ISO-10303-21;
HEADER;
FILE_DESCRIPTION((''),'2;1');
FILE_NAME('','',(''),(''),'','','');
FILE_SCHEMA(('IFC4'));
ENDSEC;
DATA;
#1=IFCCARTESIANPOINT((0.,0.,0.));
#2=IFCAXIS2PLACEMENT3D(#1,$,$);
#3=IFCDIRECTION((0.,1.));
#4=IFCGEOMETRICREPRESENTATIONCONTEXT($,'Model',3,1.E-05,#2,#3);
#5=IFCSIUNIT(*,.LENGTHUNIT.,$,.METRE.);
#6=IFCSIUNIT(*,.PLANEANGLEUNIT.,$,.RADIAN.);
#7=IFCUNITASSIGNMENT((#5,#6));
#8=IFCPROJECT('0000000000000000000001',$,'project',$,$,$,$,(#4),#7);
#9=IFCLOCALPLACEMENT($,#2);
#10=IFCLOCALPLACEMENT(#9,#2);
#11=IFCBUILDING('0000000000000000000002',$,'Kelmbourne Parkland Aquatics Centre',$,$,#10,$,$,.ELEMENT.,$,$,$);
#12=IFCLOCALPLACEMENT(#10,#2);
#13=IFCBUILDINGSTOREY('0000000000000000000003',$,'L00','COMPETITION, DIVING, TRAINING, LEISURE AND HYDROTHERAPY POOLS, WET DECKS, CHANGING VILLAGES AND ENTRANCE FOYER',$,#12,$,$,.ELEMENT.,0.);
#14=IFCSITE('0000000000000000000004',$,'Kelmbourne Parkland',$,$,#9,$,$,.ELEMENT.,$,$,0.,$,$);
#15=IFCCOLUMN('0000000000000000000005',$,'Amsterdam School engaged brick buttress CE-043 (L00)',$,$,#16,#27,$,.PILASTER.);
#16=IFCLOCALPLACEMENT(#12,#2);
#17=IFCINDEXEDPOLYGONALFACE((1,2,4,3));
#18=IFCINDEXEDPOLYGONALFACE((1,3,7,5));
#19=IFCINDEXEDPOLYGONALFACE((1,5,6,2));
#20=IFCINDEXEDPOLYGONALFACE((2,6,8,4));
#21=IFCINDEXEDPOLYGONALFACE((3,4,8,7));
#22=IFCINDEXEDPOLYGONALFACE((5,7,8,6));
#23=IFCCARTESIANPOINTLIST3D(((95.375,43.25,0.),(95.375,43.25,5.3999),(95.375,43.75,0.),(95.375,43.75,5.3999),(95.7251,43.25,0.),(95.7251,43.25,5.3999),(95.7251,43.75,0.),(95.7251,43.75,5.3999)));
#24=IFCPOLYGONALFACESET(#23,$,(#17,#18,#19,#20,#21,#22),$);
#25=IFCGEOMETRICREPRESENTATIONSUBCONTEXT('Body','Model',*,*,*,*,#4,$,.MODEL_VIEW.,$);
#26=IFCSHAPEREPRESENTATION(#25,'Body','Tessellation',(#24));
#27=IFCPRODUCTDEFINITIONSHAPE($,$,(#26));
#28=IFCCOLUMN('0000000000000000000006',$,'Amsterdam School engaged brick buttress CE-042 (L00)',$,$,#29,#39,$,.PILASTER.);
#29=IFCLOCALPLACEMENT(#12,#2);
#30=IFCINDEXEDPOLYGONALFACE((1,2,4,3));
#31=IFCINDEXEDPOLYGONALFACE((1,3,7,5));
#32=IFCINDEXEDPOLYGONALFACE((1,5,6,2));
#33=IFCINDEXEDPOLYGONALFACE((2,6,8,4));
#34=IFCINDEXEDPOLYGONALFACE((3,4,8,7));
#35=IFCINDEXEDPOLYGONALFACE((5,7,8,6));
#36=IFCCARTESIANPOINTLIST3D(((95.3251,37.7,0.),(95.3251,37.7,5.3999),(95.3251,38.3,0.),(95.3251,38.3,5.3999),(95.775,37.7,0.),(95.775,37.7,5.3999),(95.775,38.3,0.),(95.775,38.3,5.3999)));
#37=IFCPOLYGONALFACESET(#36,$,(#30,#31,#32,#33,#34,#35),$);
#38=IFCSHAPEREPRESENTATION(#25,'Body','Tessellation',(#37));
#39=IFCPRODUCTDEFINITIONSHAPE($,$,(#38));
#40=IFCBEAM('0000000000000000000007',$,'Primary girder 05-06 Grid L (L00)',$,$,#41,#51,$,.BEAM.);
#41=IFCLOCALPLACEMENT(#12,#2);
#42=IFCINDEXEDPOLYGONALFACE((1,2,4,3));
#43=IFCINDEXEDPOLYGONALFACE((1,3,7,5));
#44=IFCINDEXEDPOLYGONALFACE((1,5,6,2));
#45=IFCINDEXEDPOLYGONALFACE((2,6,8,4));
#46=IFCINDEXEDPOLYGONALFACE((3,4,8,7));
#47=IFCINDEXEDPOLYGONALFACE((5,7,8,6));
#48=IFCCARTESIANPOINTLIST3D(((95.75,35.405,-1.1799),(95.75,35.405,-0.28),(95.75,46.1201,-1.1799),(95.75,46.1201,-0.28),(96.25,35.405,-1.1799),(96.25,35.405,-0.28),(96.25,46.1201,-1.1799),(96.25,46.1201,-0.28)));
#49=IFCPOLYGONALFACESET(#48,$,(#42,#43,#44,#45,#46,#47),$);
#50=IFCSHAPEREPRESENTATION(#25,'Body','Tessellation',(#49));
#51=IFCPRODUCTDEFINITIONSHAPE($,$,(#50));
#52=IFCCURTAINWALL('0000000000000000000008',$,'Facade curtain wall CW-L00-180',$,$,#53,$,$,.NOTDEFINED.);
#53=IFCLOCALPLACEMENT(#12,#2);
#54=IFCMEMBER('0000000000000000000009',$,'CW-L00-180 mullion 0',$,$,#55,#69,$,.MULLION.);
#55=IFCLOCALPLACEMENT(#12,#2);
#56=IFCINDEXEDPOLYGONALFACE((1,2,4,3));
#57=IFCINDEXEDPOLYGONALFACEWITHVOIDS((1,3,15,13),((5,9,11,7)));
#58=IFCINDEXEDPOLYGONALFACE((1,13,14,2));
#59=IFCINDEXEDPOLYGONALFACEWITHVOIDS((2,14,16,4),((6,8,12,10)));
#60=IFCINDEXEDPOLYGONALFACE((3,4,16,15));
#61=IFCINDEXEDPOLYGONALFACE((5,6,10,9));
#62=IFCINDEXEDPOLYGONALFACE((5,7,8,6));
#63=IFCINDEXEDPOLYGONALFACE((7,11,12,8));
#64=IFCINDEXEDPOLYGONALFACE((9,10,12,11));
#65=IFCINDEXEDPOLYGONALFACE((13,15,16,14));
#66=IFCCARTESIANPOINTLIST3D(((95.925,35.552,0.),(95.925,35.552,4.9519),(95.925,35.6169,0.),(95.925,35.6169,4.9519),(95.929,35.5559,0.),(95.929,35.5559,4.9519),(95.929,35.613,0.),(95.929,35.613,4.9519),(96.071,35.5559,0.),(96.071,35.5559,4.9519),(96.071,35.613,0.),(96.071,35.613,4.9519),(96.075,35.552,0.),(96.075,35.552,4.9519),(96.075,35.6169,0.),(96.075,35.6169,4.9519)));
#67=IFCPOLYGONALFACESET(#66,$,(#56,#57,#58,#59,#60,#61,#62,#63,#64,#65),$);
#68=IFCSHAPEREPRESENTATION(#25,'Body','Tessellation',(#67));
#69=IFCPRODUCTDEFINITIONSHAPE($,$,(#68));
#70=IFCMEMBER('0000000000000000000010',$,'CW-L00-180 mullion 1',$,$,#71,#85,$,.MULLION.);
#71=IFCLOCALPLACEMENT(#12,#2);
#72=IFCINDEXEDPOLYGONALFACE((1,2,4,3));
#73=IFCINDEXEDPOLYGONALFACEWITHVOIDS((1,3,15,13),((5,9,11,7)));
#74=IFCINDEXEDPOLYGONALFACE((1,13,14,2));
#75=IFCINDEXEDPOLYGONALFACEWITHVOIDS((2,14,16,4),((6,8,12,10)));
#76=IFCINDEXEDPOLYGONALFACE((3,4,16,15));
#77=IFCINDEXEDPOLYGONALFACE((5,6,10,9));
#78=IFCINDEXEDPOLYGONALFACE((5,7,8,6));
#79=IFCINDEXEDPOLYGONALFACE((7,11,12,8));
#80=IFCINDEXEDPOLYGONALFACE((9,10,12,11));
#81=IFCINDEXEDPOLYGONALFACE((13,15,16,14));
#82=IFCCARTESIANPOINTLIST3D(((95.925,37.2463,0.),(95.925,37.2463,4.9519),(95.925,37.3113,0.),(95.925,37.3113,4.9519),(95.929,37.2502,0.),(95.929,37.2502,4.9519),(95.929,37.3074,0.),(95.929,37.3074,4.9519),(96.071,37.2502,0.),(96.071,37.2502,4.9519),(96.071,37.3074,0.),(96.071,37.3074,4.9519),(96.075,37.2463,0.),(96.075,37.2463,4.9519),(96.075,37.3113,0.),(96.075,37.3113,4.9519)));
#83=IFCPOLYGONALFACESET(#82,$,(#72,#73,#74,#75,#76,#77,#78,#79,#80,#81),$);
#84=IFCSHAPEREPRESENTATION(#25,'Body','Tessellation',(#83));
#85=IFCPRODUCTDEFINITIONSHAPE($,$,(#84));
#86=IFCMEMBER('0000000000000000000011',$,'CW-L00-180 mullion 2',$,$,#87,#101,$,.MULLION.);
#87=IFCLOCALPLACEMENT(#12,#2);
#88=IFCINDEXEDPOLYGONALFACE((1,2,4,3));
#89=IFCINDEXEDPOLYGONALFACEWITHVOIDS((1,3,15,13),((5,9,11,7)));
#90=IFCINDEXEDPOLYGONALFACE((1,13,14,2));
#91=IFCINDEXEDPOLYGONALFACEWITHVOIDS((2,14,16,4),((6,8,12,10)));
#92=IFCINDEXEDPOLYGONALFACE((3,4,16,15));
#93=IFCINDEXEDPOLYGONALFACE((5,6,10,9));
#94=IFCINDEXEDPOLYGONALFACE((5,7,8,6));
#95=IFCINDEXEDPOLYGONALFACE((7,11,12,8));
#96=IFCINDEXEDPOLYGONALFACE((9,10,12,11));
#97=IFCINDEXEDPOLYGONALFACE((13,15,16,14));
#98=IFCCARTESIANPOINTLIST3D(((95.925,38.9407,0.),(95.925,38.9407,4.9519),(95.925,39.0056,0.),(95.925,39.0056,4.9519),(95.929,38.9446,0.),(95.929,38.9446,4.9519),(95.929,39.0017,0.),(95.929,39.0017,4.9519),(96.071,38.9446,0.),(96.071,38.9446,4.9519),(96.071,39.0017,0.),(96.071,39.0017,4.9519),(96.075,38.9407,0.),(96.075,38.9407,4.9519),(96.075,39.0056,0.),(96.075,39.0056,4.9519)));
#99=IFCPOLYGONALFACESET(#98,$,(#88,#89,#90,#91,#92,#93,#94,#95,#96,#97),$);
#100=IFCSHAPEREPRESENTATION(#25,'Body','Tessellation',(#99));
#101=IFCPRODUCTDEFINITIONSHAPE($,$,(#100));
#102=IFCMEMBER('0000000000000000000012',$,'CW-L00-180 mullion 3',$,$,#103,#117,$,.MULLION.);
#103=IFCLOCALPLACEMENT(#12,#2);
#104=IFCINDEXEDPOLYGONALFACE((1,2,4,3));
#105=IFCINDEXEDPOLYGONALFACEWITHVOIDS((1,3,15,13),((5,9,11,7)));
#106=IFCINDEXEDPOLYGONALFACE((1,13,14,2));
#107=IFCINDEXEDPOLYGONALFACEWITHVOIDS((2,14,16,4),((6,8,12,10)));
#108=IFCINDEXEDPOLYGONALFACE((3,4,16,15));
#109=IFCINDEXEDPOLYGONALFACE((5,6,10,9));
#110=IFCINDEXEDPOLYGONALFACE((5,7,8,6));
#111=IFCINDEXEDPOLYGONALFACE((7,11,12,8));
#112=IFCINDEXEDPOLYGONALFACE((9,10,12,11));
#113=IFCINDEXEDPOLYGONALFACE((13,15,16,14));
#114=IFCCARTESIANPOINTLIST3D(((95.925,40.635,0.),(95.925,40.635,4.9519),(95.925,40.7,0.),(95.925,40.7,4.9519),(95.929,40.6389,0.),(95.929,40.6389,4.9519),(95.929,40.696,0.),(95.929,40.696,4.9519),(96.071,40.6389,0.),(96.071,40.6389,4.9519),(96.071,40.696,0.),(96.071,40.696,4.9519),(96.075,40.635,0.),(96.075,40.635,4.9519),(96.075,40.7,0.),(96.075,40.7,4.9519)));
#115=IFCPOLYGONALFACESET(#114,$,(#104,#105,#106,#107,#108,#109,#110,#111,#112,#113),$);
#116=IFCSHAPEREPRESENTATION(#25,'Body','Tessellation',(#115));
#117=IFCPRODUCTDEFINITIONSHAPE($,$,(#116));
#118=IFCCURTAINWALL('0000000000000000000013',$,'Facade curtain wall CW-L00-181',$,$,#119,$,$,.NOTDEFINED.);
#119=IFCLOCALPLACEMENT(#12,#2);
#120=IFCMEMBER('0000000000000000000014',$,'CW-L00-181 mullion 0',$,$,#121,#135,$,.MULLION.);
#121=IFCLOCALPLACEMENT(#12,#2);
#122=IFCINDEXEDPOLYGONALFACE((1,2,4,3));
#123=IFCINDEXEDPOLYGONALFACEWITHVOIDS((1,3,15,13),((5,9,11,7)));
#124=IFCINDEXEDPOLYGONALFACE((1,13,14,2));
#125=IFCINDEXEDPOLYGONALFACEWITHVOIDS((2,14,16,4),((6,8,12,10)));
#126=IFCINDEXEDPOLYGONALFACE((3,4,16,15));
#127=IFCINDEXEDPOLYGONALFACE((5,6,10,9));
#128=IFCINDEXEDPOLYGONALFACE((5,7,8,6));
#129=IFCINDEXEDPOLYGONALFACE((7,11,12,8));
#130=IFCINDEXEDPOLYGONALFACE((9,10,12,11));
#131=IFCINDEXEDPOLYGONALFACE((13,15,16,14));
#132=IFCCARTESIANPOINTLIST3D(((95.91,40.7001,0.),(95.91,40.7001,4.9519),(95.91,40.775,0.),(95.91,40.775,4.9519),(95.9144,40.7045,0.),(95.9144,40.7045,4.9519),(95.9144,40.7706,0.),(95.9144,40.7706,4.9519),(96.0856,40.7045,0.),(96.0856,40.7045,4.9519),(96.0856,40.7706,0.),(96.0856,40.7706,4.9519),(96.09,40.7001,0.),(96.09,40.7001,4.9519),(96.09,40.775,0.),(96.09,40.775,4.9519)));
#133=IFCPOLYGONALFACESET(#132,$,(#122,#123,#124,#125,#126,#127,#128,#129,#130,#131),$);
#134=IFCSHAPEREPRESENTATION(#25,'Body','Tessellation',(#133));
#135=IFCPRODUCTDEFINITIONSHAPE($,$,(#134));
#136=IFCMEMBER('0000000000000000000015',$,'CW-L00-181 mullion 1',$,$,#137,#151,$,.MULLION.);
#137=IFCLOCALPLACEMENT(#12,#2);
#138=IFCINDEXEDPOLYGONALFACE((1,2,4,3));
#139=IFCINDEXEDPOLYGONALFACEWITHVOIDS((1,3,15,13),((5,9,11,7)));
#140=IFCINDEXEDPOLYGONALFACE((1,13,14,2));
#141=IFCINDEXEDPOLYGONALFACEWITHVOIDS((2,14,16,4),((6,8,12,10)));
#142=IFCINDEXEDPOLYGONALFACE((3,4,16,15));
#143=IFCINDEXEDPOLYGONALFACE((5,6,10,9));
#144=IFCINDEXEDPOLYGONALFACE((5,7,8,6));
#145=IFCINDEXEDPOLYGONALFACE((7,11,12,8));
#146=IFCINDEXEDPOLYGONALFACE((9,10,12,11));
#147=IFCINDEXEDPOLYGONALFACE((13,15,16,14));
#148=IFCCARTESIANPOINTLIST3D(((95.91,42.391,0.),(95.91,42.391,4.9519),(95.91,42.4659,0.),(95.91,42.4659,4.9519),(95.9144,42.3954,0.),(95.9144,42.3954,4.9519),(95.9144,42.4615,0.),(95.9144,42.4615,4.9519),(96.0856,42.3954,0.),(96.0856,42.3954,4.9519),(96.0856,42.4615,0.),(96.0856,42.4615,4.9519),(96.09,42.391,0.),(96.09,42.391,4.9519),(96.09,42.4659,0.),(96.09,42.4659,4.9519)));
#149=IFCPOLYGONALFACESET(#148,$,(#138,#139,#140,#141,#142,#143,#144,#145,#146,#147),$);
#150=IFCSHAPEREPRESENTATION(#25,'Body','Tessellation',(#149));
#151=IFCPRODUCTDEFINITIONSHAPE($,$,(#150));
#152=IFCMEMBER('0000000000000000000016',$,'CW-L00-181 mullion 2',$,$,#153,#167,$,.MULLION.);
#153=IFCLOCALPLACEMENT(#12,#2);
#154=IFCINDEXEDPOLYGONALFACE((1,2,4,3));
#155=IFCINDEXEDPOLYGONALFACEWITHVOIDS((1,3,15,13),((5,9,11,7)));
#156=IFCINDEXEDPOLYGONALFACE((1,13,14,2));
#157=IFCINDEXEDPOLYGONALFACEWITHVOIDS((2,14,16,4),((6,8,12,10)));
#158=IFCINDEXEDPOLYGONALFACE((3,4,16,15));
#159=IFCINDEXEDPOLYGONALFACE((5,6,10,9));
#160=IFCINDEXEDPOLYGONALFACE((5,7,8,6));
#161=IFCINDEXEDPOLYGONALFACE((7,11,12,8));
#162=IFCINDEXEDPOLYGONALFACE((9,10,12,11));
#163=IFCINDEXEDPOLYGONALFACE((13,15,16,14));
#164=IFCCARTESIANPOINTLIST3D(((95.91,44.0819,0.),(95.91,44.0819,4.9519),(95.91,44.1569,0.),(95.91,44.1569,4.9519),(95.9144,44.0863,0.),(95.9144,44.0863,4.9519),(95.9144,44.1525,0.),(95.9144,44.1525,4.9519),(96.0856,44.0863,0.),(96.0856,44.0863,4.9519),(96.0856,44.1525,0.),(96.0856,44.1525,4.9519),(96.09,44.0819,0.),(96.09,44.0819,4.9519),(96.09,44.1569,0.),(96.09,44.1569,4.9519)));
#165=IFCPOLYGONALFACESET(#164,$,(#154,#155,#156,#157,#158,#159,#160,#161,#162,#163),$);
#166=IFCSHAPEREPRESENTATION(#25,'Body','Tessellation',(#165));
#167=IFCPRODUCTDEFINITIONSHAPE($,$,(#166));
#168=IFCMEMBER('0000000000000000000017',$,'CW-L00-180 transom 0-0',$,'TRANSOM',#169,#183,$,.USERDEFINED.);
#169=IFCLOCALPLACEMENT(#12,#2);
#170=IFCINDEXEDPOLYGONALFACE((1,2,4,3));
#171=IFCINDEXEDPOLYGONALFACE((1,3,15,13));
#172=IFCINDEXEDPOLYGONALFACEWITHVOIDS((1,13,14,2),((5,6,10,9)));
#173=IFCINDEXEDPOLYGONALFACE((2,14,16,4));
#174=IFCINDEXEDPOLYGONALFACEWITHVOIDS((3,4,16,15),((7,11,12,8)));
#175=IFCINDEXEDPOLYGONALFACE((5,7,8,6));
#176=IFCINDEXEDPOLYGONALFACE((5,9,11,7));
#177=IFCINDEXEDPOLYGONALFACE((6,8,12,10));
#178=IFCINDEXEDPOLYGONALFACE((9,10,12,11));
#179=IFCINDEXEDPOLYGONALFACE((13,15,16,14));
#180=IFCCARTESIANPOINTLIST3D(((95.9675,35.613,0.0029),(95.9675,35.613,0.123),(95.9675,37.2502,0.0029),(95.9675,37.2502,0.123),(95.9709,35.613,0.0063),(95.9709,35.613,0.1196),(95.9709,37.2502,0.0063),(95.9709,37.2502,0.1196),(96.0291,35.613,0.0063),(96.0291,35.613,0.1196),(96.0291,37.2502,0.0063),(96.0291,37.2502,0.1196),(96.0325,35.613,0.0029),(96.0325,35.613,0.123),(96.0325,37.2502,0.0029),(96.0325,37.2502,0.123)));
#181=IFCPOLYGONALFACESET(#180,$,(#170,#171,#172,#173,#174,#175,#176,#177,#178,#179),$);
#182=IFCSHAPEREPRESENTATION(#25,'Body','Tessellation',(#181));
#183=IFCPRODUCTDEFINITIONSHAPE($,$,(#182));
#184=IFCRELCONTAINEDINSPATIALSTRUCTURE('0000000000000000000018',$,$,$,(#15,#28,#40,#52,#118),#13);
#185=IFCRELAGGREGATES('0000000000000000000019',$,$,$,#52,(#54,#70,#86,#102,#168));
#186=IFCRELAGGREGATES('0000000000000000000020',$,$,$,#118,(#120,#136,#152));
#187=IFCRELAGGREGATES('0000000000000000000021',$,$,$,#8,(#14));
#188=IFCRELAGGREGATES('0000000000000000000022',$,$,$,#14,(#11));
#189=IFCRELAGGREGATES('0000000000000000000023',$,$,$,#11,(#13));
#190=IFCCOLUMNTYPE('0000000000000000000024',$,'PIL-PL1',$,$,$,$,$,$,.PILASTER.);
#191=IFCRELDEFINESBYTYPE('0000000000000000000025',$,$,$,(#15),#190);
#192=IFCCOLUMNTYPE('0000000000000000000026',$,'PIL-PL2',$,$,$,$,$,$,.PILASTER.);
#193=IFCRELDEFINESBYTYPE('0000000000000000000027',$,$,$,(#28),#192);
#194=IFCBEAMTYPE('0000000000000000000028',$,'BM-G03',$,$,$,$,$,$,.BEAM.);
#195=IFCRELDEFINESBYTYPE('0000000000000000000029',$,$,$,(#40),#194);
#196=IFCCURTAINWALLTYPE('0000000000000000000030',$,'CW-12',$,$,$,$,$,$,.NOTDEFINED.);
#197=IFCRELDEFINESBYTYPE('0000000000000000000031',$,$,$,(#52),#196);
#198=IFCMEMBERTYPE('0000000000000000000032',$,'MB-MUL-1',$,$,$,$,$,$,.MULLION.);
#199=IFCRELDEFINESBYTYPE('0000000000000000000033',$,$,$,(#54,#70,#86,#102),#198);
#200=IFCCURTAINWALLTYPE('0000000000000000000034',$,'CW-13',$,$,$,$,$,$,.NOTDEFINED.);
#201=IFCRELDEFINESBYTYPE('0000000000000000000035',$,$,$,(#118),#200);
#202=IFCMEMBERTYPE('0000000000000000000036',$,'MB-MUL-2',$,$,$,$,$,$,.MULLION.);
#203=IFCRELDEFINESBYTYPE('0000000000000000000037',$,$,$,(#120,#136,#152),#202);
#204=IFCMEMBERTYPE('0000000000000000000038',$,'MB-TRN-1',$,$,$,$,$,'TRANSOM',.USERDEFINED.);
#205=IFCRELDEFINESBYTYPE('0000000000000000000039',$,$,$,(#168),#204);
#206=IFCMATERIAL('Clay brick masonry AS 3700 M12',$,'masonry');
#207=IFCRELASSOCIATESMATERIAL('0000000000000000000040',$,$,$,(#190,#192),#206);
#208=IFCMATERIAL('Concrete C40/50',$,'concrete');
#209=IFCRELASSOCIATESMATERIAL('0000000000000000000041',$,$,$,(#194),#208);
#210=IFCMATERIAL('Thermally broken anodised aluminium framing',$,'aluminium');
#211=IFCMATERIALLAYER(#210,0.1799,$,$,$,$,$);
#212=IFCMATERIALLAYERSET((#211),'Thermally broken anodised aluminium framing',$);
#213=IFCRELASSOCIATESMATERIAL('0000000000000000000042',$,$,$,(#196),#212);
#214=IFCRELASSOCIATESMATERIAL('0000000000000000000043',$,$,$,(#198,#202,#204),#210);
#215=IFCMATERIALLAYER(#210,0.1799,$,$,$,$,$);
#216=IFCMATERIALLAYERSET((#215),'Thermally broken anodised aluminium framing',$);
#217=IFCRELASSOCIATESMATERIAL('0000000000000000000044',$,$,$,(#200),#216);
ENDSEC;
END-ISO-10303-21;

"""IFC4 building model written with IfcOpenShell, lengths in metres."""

from ifc_helpers import new_model, si_unit, direction, frame, origin, origin_2d, place, context, subcontext, project, spatial, rectangle, hollow_rectangle, extrude, material, layer, layer_set, material_profile, profile_set, type_object, element, aggregate, save


model = new_model("IFC4")

# Units and contexts
model_context = context("Model", 3, precision=1e-05, world=origin(), true_north=direction((0.0, 1.0)))
body_context = subcontext(model_context, "Body", "Model", "MODEL_VIEW")
ifc_project = project(units=[si_unit("LENGTHUNIT", "METRE"), si_unit("PLANEANGLEUNIT", "RADIAN")], contexts=[model_context])

# Site, building, storey
site_placement = place(None, origin())
site = spatial("IfcSite", under=ifc_project, at=site_placement, Name="Kelmbourne Parkland", CompositionType="ELEMENT", RefElevation=0.0)
building_placement = place(site_placement, origin())
building = spatial("IfcBuilding", under=site, at=building_placement, Name="Kelmbourne Parkland Aquatics Centre", CompositionType="ELEMENT")
storey_placement = place(building_placement, origin())
storey = spatial("IfcBuildingStorey", under=building, at=storey_placement, Name="L00", Description="COMPETITION, DIVING, TRAINING, LEISURE AND HYDROTHERAPY POOLS, WET DECKS, CHANGING VILLAGES AND ENTRANCE FOYER", CompositionType="ELEMENT", Elevation=0.0)

# Columns
ifc_material_1 = material(Name="Clay brick masonry AS 3700 M12", Category="masonry")
ifc_material_profile_1 = material_profile(ifc_material_1, rectangle(XDim=0.3501, YDim=0.5, at=origin_2d()), Name="PIL 350x500")
ifc_profile_set_1 = profile_set([ifc_material_profile_1], Name="Clay brick masonry AS 3700 M12")
column_type_1 = type_object("IfcColumnType", Name="PIL-PL1", PredefinedType="PILASTER", material=ifc_profile_set_1)
column_1_placement = place(storey_placement, frame((95.55, 43.5, 0.0), z_axis=(0.0, 0.0, 1.0), x_axis=(1.0, 0.0, 0.0)))
element("IfcColumn", 1, at=column_1_placement, inside=storey, type_object=column_type_1, Name="Amsterdam School engaged brick buttress CE-043 (L00)", PredefinedType="PILASTER", context=body_context, shape_type="SweptSolid", body=[
    extrude(rectangle(XDim=0.3501, YDim=0.5, at=origin_2d()), origin(), (0.0, 0.0, 1.0), 5.3999),
])
ifc_material_profile_2 = material_profile(ifc_material_1, rectangle(XDim=0.45, YDim=0.6001, at=origin_2d()), Name="PIL 450x600")
ifc_profile_set_2 = profile_set([ifc_material_profile_2], Name="Clay brick masonry AS 3700 M12")
column_type_2 = type_object("IfcColumnType", Name="PIL-PL2", PredefinedType="PILASTER", material=ifc_profile_set_2)
column_2_placement = place(storey_placement, frame((95.55, 38.0, 0.0), z_axis=(0.0, 0.0, 1.0), x_axis=(1.0, 0.0, 0.0)))
element("IfcColumn", 2, at=column_2_placement, inside=storey, type_object=column_type_2, Name="Amsterdam School engaged brick buttress CE-042 (L00)", PredefinedType="PILASTER", context=body_context, shape_type="SweptSolid", body=[
    extrude(rectangle(XDim=0.45, YDim=0.6001, at=origin_2d()), origin(), (0.0, 0.0, 1.0), 5.3999),
])

# Beam
ifc_material_2 = material(Name="Concrete C40/50", Category="concrete")
ifc_material_profile_3 = material_profile(ifc_material_2, rectangle(XDim=0.5, YDim=0.8999, at=origin_2d()), Name="RC 500x900")
ifc_profile_set_3 = profile_set([ifc_material_profile_3], Name="Concrete C40/50")
beam_type = type_object("IfcBeamType", Name="BM-G03", PredefinedType="BEAM", material=ifc_profile_set_3)
beam_placement = place(storey_placement, frame((96.0, 35.405, -0.73), z_axis=(0.0, 1.0, 0.0), x_axis=(-1.0, 0.0, 0.0)))
element("IfcBeam", 3, at=beam_placement, inside=storey, type_object=beam_type, Name="Primary girder 05-06 Grid L (L00)", PredefinedType="BEAM", context=body_context, shape_type="SweptSolid", body=[
    extrude(rectangle(XDim=0.5, YDim=0.8999, at=origin_2d()), origin(), (0.0, 0.0, 1.0), 10.7151),
])

# Curtain walls, members
ifc_material_3 = material(Name="Thermally broken anodised aluminium framing", Category="aluminium")
ifc_layer_1 = layer(ifc_material_3, 0.1799)
ifc_layer_set_1 = layer_set([ifc_layer_1], Name="Thermally broken anodised aluminium framing")
curtain_wall_type_1 = type_object("IfcCurtainWallType", Name="CW-12", PredefinedType="NOTDEFINED", material=ifc_layer_set_1)
curtain_wall_1_placement = place(storey_placement, origin())
curtain_wall_1 = element("IfcCurtainWall", 4, at=curtain_wall_1_placement, inside=storey, type_object=curtain_wall_type_1, Name="Facade curtain wall CW-L00-180", PredefinedType="NOTDEFINED")
ifc_material_profile_4 = material_profile(ifc_material_3, hollow_rectangle(XDim=0.0649, YDim=0.1499, WallThickness=0.0039, at=origin_2d()), Name="CW-M 65x150")
ifc_profile_set_4 = profile_set([ifc_material_profile_4], Name="Thermally broken anodised aluminium framing")
member_type_1 = type_object("IfcMemberType", Name="MB-MUL-1", PredefinedType="MULLION", material=ifc_profile_set_4)
member_1_placement = place(storey_placement, frame((96.0, 35.5845, 0.0), z_axis=(0.0, 0.0, 1.0), x_axis=(0.0, 1.0, 0.0)))
member_1 = element("IfcMember", 5, at=member_1_placement, type_object=member_type_1, Name="CW-L00-180 mullion 0", PredefinedType="MULLION", context=body_context, shape_type="SweptSolid", body=[
    extrude(hollow_rectangle(XDim=0.0649, YDim=0.1499, WallThickness=0.0039, at=origin_2d()), origin(), (0.0, 0.0, 1.0), 4.9519),
])
member_2_placement = place(storey_placement, frame((96.0, 37.2788, 0.0), z_axis=(0.0, 0.0, 1.0), x_axis=(0.0, 1.0, 0.0)))
member_2 = element("IfcMember", 6, at=member_2_placement, type_object=member_type_1, Name="CW-L00-180 mullion 1", PredefinedType="MULLION", context=body_context, shape_type="SweptSolid", body=[
    extrude(hollow_rectangle(XDim=0.0649, YDim=0.1499, WallThickness=0.0039, at=origin_2d()), origin(), (0.0, 0.0, 1.0), 4.9519),
])
member_3_placement = place(storey_placement, frame((96.0, 38.9731, 0.0), z_axis=(0.0, 0.0, 1.0), x_axis=(0.0, 1.0, 0.0)))
member_3 = element("IfcMember", 7, at=member_3_placement, type_object=member_type_1, Name="CW-L00-180 mullion 2", PredefinedType="MULLION", context=body_context, shape_type="SweptSolid", body=[
    extrude(hollow_rectangle(XDim=0.0649, YDim=0.1499, WallThickness=0.0039, at=origin_2d()), origin(), (0.0, 0.0, 1.0), 4.9519),
])
member_4_placement = place(storey_placement, frame((96.0, 40.6675, 0.0), z_axis=(0.0, 0.0, 1.0), x_axis=(0.0, 1.0, 0.0)))
member_4 = element("IfcMember", 8, at=member_4_placement, type_object=member_type_1, Name="CW-L00-180 mullion 3", PredefinedType="MULLION", context=body_context, shape_type="SweptSolid", body=[
    extrude(hollow_rectangle(XDim=0.0649, YDim=0.1499, WallThickness=0.0039, at=origin_2d()), origin(), (0.0, 0.0, 1.0), 4.9519),
])
ifc_layer_2 = layer(ifc_material_3, 0.1799)
ifc_layer_set_2 = layer_set([ifc_layer_2], Name="Thermally broken anodised aluminium framing")
curtain_wall_type_2 = type_object("IfcCurtainWallType", Name="CW-13", PredefinedType="NOTDEFINED", material=ifc_layer_set_2)
curtain_wall_2_placement = place(storey_placement, origin())
curtain_wall_2 = element("IfcCurtainWall", 9, at=curtain_wall_2_placement, inside=storey, type_object=curtain_wall_type_2, Name="Facade curtain wall CW-L00-181", PredefinedType="NOTDEFINED")
ifc_material_profile_5 = material_profile(ifc_material_3, hollow_rectangle(XDim=0.075, YDim=0.1799, WallThickness=0.0044, at=origin_2d()), Name="CW-M 75x180")
ifc_profile_set_5 = profile_set([ifc_material_profile_5], Name="Thermally broken anodised aluminium framing")
member_type_2 = type_object("IfcMemberType", Name="MB-MUL-2", PredefinedType="MULLION", material=ifc_profile_set_5)
member_5_placement = place(storey_placement, frame((96.0, 40.7375, 0.0), z_axis=(0.0, 0.0, 1.0), x_axis=(0.0, 1.0, 0.0)))
member_5 = element("IfcMember", 10, at=member_5_placement, type_object=member_type_2, Name="CW-L00-181 mullion 0", PredefinedType="MULLION", context=body_context, shape_type="SweptSolid", body=[
    extrude(hollow_rectangle(XDim=0.075, YDim=0.1799, WallThickness=0.0044, at=origin_2d()), origin(), (0.0, 0.0, 1.0), 4.9519),
])
member_6_placement = place(storey_placement, frame((96.0, 42.4285, 0.0), z_axis=(0.0, 0.0, 1.0), x_axis=(0.0, 1.0, 0.0)))
member_6 = element("IfcMember", 11, at=member_6_placement, type_object=member_type_2, Name="CW-L00-181 mullion 1", PredefinedType="MULLION", context=body_context, shape_type="SweptSolid", body=[
    extrude(hollow_rectangle(XDim=0.075, YDim=0.1799, WallThickness=0.0044, at=origin_2d()), origin(), (0.0, 0.0, 1.0), 4.9519),
])
member_7_placement = place(storey_placement, frame((96.0, 44.1194, 0.0), z_axis=(0.0, 0.0, 1.0), x_axis=(0.0, 1.0, 0.0)))
member_7 = element("IfcMember", 12, at=member_7_placement, type_object=member_type_2, Name="CW-L00-181 mullion 2", PredefinedType="MULLION", context=body_context, shape_type="SweptSolid", body=[
    extrude(hollow_rectangle(XDim=0.075, YDim=0.1799, WallThickness=0.0044, at=origin_2d()), origin(), (0.0, 0.0, 1.0), 4.9519),
])

# Member
ifc_material_profile_6 = material_profile(ifc_material_3, hollow_rectangle(XDim=0.0649, YDim=0.1201, WallThickness=0.0034, at=origin_2d()), Name="CW-T 65x120")
ifc_profile_set_6 = profile_set([ifc_material_profile_6], Name="Thermally broken anodised aluminium framing")
member_type_3 = type_object("IfcMemberType", Name="MB-TRN-1", ElementType="TRANSOM", PredefinedType="USERDEFINED", material=ifc_profile_set_6)
member_8_placement = place(storey_placement, frame((96.0, 35.613, 0.063), z_axis=(0.0, 1.0, 0.0), x_axis=(-1.0, 0.0, 0.0)))
member_8 = element("IfcMember", 13, at=member_8_placement, type_object=member_type_3, Name="CW-L00-180 transom 0-0", ObjectType="TRANSOM", PredefinedType="USERDEFINED", context=body_context, shape_type="SweptSolid", body=[
    extrude(hollow_rectangle(XDim=0.0649, YDim=0.1201, WallThickness=0.0034, at=origin_2d()), origin(), (0.0, 0.0, 1.0), 1.6372),
])

aggregate(curtain_wall_1, [member_1, member_2, member_3, member_4, member_8])
aggregate(curtain_wall_2, [member_5, member_6, member_7])

save(model, "model.ifc")
